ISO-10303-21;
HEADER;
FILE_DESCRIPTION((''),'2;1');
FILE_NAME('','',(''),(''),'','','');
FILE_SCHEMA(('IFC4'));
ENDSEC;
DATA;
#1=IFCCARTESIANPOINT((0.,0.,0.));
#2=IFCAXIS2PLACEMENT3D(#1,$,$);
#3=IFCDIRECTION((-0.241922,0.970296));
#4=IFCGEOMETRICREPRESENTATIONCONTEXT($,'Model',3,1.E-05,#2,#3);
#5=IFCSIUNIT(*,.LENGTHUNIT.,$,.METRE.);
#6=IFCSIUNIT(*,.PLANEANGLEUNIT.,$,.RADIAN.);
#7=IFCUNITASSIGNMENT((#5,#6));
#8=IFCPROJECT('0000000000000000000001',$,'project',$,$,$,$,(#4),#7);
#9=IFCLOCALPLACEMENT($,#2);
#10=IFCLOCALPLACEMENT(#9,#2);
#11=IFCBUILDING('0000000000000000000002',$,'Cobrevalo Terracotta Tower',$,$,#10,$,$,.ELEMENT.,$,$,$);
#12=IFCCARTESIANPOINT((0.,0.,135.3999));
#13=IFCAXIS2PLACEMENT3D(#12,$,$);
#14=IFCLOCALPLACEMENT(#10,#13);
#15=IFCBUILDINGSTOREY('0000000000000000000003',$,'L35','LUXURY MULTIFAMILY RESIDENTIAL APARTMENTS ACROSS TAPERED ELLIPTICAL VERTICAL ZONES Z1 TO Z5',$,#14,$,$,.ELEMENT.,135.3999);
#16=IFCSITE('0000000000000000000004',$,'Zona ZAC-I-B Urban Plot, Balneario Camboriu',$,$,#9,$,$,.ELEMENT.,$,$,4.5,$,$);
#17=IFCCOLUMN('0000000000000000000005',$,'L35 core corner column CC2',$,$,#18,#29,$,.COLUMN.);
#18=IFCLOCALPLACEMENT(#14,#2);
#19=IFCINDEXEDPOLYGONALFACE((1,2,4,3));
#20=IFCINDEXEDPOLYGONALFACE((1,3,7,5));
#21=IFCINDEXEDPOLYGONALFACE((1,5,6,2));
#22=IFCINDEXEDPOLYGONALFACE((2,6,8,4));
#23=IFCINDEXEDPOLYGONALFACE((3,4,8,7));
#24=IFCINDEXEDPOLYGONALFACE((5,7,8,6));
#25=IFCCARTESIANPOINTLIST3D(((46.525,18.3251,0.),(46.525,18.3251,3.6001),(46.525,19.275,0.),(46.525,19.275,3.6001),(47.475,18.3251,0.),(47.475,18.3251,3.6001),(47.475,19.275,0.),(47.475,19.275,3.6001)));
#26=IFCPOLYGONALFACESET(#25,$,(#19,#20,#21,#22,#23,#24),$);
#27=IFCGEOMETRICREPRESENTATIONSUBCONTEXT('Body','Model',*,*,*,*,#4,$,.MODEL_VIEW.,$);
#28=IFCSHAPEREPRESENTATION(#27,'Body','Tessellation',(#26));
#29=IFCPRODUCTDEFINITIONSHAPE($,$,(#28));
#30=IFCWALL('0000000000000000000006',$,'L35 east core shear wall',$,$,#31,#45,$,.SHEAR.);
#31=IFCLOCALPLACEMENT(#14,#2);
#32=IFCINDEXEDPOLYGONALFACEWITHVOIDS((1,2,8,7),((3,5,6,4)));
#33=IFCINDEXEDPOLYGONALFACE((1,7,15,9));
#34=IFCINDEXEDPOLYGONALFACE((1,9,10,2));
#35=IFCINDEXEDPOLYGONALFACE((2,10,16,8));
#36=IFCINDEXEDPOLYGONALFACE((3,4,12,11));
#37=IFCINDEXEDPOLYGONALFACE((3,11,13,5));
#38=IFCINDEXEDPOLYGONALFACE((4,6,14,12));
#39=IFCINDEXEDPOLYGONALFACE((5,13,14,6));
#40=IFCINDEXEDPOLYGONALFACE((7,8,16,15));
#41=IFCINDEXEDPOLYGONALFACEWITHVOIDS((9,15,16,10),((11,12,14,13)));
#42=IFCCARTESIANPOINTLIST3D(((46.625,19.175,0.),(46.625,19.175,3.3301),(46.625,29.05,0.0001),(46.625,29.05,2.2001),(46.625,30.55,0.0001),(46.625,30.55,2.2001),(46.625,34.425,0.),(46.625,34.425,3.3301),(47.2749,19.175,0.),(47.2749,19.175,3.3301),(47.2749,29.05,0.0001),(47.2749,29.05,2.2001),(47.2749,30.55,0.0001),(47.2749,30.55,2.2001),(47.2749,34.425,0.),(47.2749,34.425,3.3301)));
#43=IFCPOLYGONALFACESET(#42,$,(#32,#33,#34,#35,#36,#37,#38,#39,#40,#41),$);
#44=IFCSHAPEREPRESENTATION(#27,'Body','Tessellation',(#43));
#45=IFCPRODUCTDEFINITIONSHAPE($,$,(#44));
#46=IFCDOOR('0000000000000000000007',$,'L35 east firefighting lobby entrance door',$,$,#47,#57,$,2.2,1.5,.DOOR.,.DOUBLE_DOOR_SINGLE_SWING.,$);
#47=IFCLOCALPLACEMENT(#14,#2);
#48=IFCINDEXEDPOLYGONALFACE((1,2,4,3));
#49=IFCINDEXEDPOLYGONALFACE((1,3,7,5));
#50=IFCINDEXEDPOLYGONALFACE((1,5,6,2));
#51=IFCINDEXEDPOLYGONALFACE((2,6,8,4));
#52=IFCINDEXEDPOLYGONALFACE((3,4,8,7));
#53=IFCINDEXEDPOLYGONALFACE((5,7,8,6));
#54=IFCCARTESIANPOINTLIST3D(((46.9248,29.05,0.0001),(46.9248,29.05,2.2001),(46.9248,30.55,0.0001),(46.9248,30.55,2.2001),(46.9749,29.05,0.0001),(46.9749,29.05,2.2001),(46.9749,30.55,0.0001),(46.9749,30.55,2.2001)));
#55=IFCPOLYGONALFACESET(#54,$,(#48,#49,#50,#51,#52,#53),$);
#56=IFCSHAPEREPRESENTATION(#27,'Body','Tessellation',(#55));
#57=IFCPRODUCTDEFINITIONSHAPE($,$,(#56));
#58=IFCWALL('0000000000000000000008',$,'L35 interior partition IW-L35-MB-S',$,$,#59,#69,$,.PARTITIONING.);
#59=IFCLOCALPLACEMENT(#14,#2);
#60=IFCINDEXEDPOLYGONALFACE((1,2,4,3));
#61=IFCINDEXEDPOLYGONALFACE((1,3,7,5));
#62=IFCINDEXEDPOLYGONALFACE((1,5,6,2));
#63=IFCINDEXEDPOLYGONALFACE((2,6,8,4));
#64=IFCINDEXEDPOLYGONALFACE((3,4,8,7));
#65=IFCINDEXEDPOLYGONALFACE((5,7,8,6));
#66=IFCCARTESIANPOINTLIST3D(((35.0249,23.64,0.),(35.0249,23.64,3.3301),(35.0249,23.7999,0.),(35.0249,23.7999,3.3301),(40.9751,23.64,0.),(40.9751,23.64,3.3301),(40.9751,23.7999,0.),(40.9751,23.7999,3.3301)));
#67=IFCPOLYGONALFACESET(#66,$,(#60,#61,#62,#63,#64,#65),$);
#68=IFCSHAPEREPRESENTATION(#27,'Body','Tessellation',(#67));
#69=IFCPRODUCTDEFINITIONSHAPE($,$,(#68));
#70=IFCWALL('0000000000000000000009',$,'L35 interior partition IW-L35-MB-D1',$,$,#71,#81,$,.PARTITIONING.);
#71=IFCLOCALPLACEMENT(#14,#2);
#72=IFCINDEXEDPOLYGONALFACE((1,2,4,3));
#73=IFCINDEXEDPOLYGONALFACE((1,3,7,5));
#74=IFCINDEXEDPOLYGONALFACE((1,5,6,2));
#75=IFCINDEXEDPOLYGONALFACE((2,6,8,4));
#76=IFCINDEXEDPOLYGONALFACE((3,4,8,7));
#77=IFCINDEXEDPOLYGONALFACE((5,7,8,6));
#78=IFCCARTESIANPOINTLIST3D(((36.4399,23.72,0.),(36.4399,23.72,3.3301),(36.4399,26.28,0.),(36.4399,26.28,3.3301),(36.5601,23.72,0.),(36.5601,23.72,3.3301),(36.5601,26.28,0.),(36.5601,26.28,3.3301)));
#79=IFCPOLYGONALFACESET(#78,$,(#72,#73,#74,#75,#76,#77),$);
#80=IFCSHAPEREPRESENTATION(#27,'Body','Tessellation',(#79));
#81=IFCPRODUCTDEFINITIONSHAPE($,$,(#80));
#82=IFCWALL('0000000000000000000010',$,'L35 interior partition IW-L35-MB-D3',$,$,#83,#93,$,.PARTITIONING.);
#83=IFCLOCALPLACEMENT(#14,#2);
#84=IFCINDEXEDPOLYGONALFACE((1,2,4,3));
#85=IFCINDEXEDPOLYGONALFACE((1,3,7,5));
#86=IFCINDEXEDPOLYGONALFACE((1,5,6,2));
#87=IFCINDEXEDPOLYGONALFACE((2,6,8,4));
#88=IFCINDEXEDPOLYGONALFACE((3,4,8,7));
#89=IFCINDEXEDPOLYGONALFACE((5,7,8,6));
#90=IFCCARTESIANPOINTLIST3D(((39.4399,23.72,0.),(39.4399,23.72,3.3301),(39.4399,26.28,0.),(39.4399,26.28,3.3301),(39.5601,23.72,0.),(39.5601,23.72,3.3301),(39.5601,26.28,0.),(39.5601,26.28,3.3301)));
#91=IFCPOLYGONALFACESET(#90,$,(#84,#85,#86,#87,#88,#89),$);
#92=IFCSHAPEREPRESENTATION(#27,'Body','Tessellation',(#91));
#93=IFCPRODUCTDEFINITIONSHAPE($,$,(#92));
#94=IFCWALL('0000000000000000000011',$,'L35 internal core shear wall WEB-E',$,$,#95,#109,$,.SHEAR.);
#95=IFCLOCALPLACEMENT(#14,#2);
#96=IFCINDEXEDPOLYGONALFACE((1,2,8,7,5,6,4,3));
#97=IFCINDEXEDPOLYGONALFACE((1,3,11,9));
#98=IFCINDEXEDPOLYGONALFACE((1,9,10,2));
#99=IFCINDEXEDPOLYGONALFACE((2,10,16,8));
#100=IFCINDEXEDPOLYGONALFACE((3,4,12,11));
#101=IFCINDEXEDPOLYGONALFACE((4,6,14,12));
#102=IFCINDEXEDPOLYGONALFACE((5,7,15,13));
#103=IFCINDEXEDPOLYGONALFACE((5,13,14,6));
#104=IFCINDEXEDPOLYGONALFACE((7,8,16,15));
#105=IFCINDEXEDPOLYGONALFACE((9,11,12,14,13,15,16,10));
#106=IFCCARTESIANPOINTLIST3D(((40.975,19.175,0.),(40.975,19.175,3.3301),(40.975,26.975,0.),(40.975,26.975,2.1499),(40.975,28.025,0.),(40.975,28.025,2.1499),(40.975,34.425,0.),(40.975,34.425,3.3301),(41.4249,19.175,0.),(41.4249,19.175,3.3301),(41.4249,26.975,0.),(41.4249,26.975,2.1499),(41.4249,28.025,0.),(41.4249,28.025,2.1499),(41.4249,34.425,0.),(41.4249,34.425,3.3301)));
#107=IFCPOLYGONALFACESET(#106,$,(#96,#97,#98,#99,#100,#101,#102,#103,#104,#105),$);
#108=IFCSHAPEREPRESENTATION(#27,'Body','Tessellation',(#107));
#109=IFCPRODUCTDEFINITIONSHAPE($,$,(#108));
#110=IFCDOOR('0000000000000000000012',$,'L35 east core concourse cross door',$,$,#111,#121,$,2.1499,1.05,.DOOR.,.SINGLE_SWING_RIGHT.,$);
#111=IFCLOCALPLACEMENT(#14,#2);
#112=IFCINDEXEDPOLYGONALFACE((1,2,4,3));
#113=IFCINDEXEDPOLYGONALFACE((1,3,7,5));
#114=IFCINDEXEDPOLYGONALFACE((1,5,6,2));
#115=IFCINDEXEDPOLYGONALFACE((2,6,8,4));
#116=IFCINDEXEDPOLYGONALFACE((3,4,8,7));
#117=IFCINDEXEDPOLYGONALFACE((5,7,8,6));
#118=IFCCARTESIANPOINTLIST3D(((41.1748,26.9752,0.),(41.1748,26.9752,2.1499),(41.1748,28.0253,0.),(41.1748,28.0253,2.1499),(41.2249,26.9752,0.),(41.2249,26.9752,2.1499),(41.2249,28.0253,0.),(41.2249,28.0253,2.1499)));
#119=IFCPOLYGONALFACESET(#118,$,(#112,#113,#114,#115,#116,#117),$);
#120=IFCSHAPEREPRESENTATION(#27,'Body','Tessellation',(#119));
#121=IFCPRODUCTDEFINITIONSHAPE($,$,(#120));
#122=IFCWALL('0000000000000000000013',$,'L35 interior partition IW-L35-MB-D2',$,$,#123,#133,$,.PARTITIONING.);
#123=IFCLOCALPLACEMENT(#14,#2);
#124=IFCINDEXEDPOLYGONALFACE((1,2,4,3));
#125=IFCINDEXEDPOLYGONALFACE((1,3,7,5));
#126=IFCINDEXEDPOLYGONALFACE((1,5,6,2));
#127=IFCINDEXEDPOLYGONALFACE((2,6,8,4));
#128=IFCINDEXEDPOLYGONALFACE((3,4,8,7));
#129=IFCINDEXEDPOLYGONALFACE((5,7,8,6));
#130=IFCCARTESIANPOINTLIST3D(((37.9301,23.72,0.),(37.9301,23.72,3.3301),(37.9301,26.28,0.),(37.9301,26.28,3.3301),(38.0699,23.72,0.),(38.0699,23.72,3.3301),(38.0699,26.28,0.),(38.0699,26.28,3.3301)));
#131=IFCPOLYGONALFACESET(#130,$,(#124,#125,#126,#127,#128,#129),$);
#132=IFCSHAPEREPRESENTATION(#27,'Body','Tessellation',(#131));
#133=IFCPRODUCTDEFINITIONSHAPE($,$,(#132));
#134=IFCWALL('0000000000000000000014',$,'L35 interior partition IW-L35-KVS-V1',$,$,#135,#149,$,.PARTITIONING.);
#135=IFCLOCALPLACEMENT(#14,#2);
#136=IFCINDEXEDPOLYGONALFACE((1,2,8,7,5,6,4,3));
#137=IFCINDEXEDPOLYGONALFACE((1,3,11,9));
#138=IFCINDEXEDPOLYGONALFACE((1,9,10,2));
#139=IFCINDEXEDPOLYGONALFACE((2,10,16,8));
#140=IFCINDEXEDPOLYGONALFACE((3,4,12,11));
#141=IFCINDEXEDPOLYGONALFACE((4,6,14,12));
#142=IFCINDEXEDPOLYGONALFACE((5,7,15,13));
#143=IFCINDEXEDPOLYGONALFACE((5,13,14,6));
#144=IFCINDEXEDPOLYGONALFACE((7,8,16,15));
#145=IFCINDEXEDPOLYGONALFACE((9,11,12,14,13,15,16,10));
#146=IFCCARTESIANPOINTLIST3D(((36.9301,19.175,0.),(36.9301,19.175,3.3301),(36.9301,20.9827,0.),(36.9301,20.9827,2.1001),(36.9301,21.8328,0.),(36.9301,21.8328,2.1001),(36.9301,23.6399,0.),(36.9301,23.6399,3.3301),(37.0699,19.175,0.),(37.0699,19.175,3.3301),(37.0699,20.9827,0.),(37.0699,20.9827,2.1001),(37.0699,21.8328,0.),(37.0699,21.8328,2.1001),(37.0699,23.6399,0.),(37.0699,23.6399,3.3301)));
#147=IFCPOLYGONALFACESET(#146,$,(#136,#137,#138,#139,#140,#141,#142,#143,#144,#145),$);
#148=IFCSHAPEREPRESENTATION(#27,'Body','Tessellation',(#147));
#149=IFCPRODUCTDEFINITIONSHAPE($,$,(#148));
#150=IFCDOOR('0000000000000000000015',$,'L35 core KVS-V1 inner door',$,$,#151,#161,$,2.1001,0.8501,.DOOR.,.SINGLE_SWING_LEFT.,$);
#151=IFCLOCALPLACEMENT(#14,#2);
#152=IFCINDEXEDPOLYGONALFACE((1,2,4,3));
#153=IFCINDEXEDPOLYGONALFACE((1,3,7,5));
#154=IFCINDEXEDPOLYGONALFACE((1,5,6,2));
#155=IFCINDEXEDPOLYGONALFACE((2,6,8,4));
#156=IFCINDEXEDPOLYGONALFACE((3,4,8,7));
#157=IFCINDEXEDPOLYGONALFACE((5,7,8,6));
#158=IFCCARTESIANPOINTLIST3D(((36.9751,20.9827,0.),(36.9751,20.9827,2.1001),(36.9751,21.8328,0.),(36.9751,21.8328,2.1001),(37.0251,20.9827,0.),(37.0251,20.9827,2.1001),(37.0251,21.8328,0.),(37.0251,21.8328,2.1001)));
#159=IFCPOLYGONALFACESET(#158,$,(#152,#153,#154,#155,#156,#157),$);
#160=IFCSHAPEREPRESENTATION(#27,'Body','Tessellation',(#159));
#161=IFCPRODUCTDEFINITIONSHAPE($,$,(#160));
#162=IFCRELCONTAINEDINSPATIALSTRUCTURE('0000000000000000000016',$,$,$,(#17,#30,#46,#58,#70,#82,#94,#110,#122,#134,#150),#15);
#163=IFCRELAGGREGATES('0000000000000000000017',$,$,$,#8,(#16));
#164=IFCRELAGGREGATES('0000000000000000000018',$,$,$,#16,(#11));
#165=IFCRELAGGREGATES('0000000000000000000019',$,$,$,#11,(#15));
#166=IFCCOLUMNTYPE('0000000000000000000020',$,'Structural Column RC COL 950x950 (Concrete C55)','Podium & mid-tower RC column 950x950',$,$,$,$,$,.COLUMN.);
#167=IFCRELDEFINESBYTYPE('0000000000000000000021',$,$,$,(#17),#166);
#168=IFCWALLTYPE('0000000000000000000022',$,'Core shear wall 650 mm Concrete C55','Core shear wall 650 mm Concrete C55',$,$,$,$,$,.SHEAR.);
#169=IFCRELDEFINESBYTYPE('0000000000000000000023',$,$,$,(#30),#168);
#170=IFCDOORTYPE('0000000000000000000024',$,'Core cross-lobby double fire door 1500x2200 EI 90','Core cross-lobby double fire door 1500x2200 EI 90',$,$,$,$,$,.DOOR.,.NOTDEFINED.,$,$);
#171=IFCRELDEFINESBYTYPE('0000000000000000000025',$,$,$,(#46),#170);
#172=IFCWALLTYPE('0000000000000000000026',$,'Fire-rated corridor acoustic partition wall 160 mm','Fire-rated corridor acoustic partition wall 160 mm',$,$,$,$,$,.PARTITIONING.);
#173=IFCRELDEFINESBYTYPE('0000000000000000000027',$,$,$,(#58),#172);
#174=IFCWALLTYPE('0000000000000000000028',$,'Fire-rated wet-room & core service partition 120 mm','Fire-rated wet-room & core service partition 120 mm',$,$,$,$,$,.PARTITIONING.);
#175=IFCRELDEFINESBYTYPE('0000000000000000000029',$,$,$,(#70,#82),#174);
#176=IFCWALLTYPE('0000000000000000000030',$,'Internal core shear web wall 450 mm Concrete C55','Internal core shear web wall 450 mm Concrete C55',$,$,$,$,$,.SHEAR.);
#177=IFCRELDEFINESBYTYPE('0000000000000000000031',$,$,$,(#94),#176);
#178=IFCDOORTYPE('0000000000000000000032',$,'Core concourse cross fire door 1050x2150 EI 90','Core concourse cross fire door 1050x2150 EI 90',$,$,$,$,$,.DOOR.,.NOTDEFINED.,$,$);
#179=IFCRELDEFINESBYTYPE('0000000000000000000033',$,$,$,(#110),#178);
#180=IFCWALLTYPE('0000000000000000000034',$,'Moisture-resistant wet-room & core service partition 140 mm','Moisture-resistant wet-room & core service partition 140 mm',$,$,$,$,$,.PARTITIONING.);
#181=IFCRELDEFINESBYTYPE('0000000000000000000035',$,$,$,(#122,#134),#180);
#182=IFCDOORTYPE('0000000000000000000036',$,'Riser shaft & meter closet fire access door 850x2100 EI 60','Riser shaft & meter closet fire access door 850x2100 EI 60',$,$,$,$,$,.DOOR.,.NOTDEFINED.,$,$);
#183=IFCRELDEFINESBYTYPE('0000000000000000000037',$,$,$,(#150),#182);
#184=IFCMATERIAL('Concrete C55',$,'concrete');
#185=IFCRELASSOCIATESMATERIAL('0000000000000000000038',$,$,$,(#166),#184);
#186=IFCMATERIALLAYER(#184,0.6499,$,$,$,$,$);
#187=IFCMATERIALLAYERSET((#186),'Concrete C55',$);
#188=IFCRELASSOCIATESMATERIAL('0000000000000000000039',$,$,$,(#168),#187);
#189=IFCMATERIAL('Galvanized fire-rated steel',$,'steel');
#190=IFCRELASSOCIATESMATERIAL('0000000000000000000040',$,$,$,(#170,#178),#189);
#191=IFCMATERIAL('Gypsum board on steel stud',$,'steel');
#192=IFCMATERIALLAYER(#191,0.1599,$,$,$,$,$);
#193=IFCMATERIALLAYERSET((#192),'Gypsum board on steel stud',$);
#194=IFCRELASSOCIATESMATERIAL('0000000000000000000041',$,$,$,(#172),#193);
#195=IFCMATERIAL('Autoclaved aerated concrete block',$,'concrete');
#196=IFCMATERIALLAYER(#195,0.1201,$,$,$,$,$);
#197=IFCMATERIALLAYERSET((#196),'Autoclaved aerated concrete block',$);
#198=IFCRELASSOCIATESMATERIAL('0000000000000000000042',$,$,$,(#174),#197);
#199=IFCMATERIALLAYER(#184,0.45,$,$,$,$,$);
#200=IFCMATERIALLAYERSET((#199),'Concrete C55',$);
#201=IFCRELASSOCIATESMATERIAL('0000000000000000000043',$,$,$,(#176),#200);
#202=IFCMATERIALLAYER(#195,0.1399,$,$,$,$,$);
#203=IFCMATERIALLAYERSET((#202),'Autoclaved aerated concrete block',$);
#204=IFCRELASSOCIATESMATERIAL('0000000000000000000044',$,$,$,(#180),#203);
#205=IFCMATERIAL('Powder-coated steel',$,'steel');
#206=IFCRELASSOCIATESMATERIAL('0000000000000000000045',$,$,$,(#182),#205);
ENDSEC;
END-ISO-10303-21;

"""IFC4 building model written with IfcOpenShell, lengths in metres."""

from ifc_helpers import new_model, si_unit, direction, frame, frame_2d, origin, origin_2d, place, context, subcontext, project, spatial, rectangle, extrude, source, transform, mapped, material, layer, layer_set, material_profile, profile_set, type_object, element, fill, save


model = new_model("IFC4")

# Units and contexts
model_context = context("Model", 3, precision=1e-05, world=origin(), true_north=direction((-0.241922, 0.970296)))
body_context = subcontext(model_context, "Body", "Model", "MODEL_VIEW")
ifc_project = project(units=[si_unit("LENGTHUNIT", "METRE"), si_unit("PLANEANGLEUNIT", "RADIAN")], contexts=[model_context])

# Site, building, storey
site_placement = place(None, origin())
site = spatial("IfcSite", under=ifc_project, at=site_placement, Name="Zona ZAC-I-B Urban Plot, Balneario Camboriu", CompositionType="ELEMENT", RefElevation=4.5)
building_placement = place(site_placement, origin())
building = spatial("IfcBuilding", under=site, at=building_placement, Name="Cobrevalo Terracotta Tower", CompositionType="ELEMENT")
storey_placement = place(building_placement, frame((0.0, 0.0, 135.3999)))
storey = spatial("IfcBuildingStorey", under=building, at=storey_placement, Name="L35", Description="LUXURY MULTIFAMILY RESIDENTIAL APARTMENTS ACROSS TAPERED ELLIPTICAL VERTICAL ZONES Z1 TO Z5", CompositionType="ELEMENT", Elevation=135.3999)

# Column
ifc_material_1 = material(Name="Concrete C55", Category="concrete")
ifc_material_profile = material_profile(ifc_material_1, rectangle(XDim=0.95, YDim=0.95, at=origin_2d()), Name="RC COL 950x950")
ifc_profile_set = profile_set([ifc_material_profile], Name="Concrete C55")
column_type = type_object("IfcColumnType", Name="Structural Column RC COL 950x950 (Concrete C55)", Description="Podium & mid-tower RC column 950x950", PredefinedType="COLUMN", material=ifc_profile_set)
column_placement = place(storey_placement, frame((47.0, 18.8, 0.0), z_axis=(0.0, 0.0, 1.0), x_axis=(1.0, 0.0, 0.0)))
element("IfcColumn", 1, at=column_placement, inside=storey, type_object=column_type, Name="L35 core corner column CC2", PredefinedType="COLUMN", context=body_context, shape_type="SweptSolid", body=[
    extrude(rectangle(XDim=0.95, YDim=0.95, at=origin_2d()), origin(), (0.0, 0.0, 1.0), 3.6001),
])

# Wall, opening, door
ifc_layer_1 = layer(ifc_material_1, 0.6499)
ifc_layer_set_1 = layer_set([ifc_layer_1], Name="Concrete C55")
wall_type_1 = type_object("IfcWallType", Name="Core shear wall 650 mm Concrete C55", Description="Core shear wall 650 mm Concrete C55", PredefinedType="SHEAR", material=ifc_layer_set_1)
wall_1_placement = place(storey_placement, frame((46.95, 19.175, 0.0), z_axis=(0.0, 0.0, 1.0), x_axis=(0.0, 1.0, 0.0)))
wall_1 = element("IfcWall", 2, at=wall_1_placement, inside=storey, type_object=wall_type_1, Name="L35 east core shear wall", PredefinedType="SHEAR", context=body_context, shape_type="SweptSolid", body=[
    extrude(rectangle(XDim=15.25, YDim=0.6499, at=frame_2d((7.625, 0.0))), origin(), (0.0, 0.0, 1.0), 3.3301),
])
opening_1_placement = place(wall_1_placement, frame((9.875, 0.0, 0.0)))
opening_1 = element("IfcOpeningElement", 3, at=opening_1_placement, cuts=wall_1, PredefinedType="OPENING", context=body_context, shape_type="SweptSolid", body=[
    extrude(rectangle(XDim=1.5, YDim=2.2, at=frame_2d((0.75, 1.1001))), frame((0.0, 0.335, 0.0), z_axis=(0.0, -1.0, 0.0), x_axis=(1.0, 0.0, 0.0)), (0.0, 0.0, 1.0), 0.6699),
])
ifc_material_2 = material(Name="Galvanized fire-rated steel", Category="steel")
door_type_1 = type_object("IfcDoorType", Name="Core cross-lobby double fire door 1500x2200 EI 90", Description="Core cross-lobby double fire door 1500x2200 EI 90", OperationType="NOTDEFINED", PredefinedType="DOOR", material=ifc_material_2)
shared_shape_1 = source(origin(), body_context, "Body", "SweptSolid", [
    extrude(rectangle(XDim=1.5, YDim=2.2, at=frame_2d((0.75, 1.1001))), frame((0.0, 0.0249, 0.0), z_axis=(0.0, -1.0, 0.0), x_axis=(1.0, 0.0, 0.0)), (0.0, 0.0, 1.0), 0.05),
])
door_1_placement = place(opening_1_placement, frame((1.5, 0.0, 0.0), z_axis=(0.0, 0.0, 1.0), x_axis=(-1.0, 0.0, 0.0)))
door_1 = element("IfcDoor", 4, at=door_1_placement, inside=storey, type_object=door_type_1, Name="L35 east firefighting lobby entrance door", OperationType="DOUBLE_DOOR_SINGLE_SWING", OverallHeight=2.2, OverallWidth=1.5, PredefinedType="DOOR", context=body_context, shape_type="MappedRepresentation", body=[
    mapped(shared_shape_1, transform((0.0, 0.0, 0.0), scale=1.0)),
])
fill(opening_1, door_1)

# Walls
ifc_material_3 = material(Name="Gypsum board on steel stud", Category="steel")
ifc_layer_2 = layer(ifc_material_3, 0.1599)
ifc_layer_set_2 = layer_set([ifc_layer_2], Name="Gypsum board on steel stud")
wall_type_2 = type_object("IfcWallType", Name="Fire-rated corridor acoustic partition wall 160 mm", Description="Fire-rated corridor acoustic partition wall 160 mm", PredefinedType="PARTITIONING", material=ifc_layer_set_2)
wall_2_placement = place(storey_placement, frame((35.0249, 23.72, 0.0), z_axis=(0.0, 0.0, 1.0), x_axis=(1.0, 0.0, 0.0)))
element("IfcWall", 5, at=wall_2_placement, inside=storey, type_object=wall_type_2, Name="L35 interior partition IW-L35-MB-S", PredefinedType="PARTITIONING", context=body_context, shape_type="SweptSolid", body=[
    extrude(rectangle(XDim=5.9502, YDim=0.1599, at=frame_2d((2.9751, 0.0))), origin(), (0.0, 0.0, 1.0), 3.3301),
])
ifc_material_4 = material(Name="Autoclaved aerated concrete block", Category="concrete")
ifc_layer_3 = layer(ifc_material_4, 0.1201)
ifc_layer_set_3 = layer_set([ifc_layer_3], Name="Autoclaved aerated concrete block")
wall_type_3 = type_object("IfcWallType", Name="Fire-rated wet-room & core service partition 120 mm", Description="Fire-rated wet-room & core service partition 120 mm", PredefinedType="PARTITIONING", material=ifc_layer_set_3)
for number, where, z_axis, x_axis, name in (
    (6, (36.5, 23.72, 0.0), (0.0, 0.0, 1.0), (0.0, 1.0, 0.0), "L35 interior partition IW-L35-MB-D1"),
    (7, (39.5, 23.72, 0.0), (0.0, 0.0, 1.0), (0.0, 1.0, 0.0), "L35 interior partition IW-L35-MB-D3"),
):
    element("IfcWall", number, at=place(storey_placement, frame(where, z_axis=z_axis, x_axis=x_axis)), inside=storey, type_object=wall_type_3, Name=name, PredefinedType="PARTITIONING", context=body_context, shape_type="SweptSolid", body=[
        extrude(rectangle(XDim=2.5601, YDim=0.1201, at=frame_2d((1.28, 0.0))), origin(), (0.0, 0.0, 1.0), 3.3301),
    ])

# Wall, opening, door
ifc_layer_4 = layer(ifc_material_1, 0.45)
ifc_layer_set_4 = layer_set([ifc_layer_4], Name="Concrete C55")
wall_type_4 = type_object("IfcWallType", Name="Internal core shear web wall 450 mm Concrete C55", Description="Internal core shear web wall 450 mm Concrete C55", PredefinedType="SHEAR", material=ifc_layer_set_4)
wall_3_placement = place(storey_placement, frame((41.2, 19.175, 0.0), z_axis=(0.0, 0.0, 1.0), x_axis=(0.0, 1.0, 0.0)))
wall_3 = element("IfcWall", 8, at=wall_3_placement, inside=storey, type_object=wall_type_4, Name="L35 internal core shear wall WEB-E", PredefinedType="SHEAR", context=body_context, shape_type="SweptSolid", body=[
    extrude(rectangle(XDim=15.25, YDim=0.45, at=frame_2d((7.625, 0.0))), origin(), (0.0, 0.0, 1.0), 3.3301),
])
opening_2_placement = place(wall_3_placement, frame((7.8, 0.0, 0.0)))
opening_2 = element("IfcOpeningElement", 9, at=opening_2_placement, cuts=wall_3, PredefinedType="OPENING", context=body_context, shape_type="SweptSolid", body=[
    extrude(rectangle(XDim=1.05, YDim=2.1499, at=frame_2d((0.5249, 1.075))), frame((0.0, 0.2349, 0.0), z_axis=(0.0, -1.0, 0.0), x_axis=(1.0, 0.0, 0.0)), (0.0, 0.0, 1.0), 0.47),
])
door_type_2 = type_object("IfcDoorType", Name="Core concourse cross fire door 1050x2150 EI 90", Description="Core concourse cross fire door 1050x2150 EI 90", OperationType="NOTDEFINED", PredefinedType="DOOR", material=ifc_material_2)
shared_shape_2 = source(origin(), body_context, "Body", "SweptSolid", [
    extrude(rectangle(XDim=1.05, YDim=2.1499, at=frame_2d((0.5249, 1.075))), frame((0.0, 0.0249, 0.0), z_axis=(0.0, -1.0, 0.0), x_axis=(1.0, 0.0, 0.0)), (0.0, 0.0, 1.0), 0.05),
])
door_2_placement = place(opening_2_placement, frame((1.05, 0.0, 0.0), z_axis=(0.0, 0.0, 1.0), x_axis=(-1.0, 0.0, 0.0)))
door_2 = element("IfcDoor", 10, at=door_2_placement, inside=storey, type_object=door_type_2, Name="L35 east core concourse cross door", OperationType="SINGLE_SWING_RIGHT", OverallHeight=2.1499, OverallWidth=1.05, PredefinedType="DOOR", context=body_context, shape_type="MappedRepresentation", body=[
    mapped(shared_shape_2, transform((0.0, 0.0, 0.0), scale=1.0)),
])
fill(opening_2, door_2)

# Wall
ifc_layer_5 = layer(ifc_material_4, 0.1399)
ifc_layer_set_5 = layer_set([ifc_layer_5], Name="Autoclaved aerated concrete block")
wall_type_5 = type_object("IfcWallType", Name="Moisture-resistant wet-room & core service partition 140 mm", Description="Moisture-resistant wet-room & core service partition 140 mm", PredefinedType="PARTITIONING", material=ifc_layer_set_5)
wall_4_placement = place(storey_placement, frame((38.0, 23.72, 0.0), z_axis=(0.0, 0.0, 1.0), x_axis=(0.0, 1.0, 0.0)))
element("IfcWall", 11, at=wall_4_placement, inside=storey, type_object=wall_type_5, Name="L35 interior partition IW-L35-MB-D2", PredefinedType="PARTITIONING", context=body_context, shape_type="SweptSolid", body=[
    extrude(rectangle(XDim=2.5601, YDim=0.1399, at=frame_2d((1.28, 0.0))), origin(), (0.0, 0.0, 1.0), 3.3301),
])

# Wall, opening, door
wall_5_placement = place(storey_placement, frame((37.0, 19.175, 0.0), z_axis=(0.0, 0.0, 1.0), x_axis=(0.0, 1.0, 0.0)))
wall_5 = element("IfcWall", 12, at=wall_5_placement, inside=storey, type_object=wall_type_5, Name="L35 interior partition IW-L35-KVS-V1", PredefinedType="PARTITIONING", context=body_context, shape_type="SweptSolid", body=[
    extrude(rectangle(XDim=4.4648, YDim=0.1399, at=frame_2d((2.2324, 0.0))), origin(), (0.0, 0.0, 1.0), 3.3301),
])
opening_3_placement = place(wall_5_placement, frame((1.8076, 0.0, 0.0)))
opening_3 = element("IfcOpeningElement", 13, at=opening_3_placement, cuts=wall_5, PredefinedType="OPENING", context=body_context, shape_type="SweptSolid", body=[
    extrude(rectangle(XDim=0.8501, YDim=2.1001, at=frame_2d((0.425, 1.05))), frame((0.0, 0.0801, 0.0), z_axis=(0.0, -1.0, 0.0), x_axis=(1.0, 0.0, 0.0)), (0.0, 0.0, 1.0), 0.1599),
])
ifc_material_5 = material(Name="Powder-coated steel", Category="steel")
door_type_3 = type_object("IfcDoorType", Name="Riser shaft & meter closet fire access door 850x2100 EI 60", Description="Riser shaft & meter closet fire access door 850x2100 EI 60", OperationType="NOTDEFINED", PredefinedType="DOOR", material=ifc_material_5)
shared_shape_3 = source(origin(), body_context, "Body", "SweptSolid", [
    extrude(rectangle(XDim=0.8501, YDim=2.1001, at=frame_2d((0.425, 1.05))), frame((0.0, 0.0249, 0.0), z_axis=(0.0, -1.0, 0.0), x_axis=(1.0, 0.0, 0.0)), (0.0, 0.0, 1.0), 0.05),
])
door_3_placement = place(opening_3_placement, origin())
door_3 = element("IfcDoor", 14, at=door_3_placement, inside=storey, type_object=door_type_3, Name="L35 core KVS-V1 inner door", OperationType="SINGLE_SWING_LEFT", OverallHeight=2.1001, OverallWidth=0.8501, PredefinedType="DOOR", context=body_context, shape_type="MappedRepresentation", body=[
    mapped(shared_shape_3, transform((0.0, 0.0, 0.0), scale=1.0)),
])
fill(opening_3, door_3)

save(model, "model.ifc")
